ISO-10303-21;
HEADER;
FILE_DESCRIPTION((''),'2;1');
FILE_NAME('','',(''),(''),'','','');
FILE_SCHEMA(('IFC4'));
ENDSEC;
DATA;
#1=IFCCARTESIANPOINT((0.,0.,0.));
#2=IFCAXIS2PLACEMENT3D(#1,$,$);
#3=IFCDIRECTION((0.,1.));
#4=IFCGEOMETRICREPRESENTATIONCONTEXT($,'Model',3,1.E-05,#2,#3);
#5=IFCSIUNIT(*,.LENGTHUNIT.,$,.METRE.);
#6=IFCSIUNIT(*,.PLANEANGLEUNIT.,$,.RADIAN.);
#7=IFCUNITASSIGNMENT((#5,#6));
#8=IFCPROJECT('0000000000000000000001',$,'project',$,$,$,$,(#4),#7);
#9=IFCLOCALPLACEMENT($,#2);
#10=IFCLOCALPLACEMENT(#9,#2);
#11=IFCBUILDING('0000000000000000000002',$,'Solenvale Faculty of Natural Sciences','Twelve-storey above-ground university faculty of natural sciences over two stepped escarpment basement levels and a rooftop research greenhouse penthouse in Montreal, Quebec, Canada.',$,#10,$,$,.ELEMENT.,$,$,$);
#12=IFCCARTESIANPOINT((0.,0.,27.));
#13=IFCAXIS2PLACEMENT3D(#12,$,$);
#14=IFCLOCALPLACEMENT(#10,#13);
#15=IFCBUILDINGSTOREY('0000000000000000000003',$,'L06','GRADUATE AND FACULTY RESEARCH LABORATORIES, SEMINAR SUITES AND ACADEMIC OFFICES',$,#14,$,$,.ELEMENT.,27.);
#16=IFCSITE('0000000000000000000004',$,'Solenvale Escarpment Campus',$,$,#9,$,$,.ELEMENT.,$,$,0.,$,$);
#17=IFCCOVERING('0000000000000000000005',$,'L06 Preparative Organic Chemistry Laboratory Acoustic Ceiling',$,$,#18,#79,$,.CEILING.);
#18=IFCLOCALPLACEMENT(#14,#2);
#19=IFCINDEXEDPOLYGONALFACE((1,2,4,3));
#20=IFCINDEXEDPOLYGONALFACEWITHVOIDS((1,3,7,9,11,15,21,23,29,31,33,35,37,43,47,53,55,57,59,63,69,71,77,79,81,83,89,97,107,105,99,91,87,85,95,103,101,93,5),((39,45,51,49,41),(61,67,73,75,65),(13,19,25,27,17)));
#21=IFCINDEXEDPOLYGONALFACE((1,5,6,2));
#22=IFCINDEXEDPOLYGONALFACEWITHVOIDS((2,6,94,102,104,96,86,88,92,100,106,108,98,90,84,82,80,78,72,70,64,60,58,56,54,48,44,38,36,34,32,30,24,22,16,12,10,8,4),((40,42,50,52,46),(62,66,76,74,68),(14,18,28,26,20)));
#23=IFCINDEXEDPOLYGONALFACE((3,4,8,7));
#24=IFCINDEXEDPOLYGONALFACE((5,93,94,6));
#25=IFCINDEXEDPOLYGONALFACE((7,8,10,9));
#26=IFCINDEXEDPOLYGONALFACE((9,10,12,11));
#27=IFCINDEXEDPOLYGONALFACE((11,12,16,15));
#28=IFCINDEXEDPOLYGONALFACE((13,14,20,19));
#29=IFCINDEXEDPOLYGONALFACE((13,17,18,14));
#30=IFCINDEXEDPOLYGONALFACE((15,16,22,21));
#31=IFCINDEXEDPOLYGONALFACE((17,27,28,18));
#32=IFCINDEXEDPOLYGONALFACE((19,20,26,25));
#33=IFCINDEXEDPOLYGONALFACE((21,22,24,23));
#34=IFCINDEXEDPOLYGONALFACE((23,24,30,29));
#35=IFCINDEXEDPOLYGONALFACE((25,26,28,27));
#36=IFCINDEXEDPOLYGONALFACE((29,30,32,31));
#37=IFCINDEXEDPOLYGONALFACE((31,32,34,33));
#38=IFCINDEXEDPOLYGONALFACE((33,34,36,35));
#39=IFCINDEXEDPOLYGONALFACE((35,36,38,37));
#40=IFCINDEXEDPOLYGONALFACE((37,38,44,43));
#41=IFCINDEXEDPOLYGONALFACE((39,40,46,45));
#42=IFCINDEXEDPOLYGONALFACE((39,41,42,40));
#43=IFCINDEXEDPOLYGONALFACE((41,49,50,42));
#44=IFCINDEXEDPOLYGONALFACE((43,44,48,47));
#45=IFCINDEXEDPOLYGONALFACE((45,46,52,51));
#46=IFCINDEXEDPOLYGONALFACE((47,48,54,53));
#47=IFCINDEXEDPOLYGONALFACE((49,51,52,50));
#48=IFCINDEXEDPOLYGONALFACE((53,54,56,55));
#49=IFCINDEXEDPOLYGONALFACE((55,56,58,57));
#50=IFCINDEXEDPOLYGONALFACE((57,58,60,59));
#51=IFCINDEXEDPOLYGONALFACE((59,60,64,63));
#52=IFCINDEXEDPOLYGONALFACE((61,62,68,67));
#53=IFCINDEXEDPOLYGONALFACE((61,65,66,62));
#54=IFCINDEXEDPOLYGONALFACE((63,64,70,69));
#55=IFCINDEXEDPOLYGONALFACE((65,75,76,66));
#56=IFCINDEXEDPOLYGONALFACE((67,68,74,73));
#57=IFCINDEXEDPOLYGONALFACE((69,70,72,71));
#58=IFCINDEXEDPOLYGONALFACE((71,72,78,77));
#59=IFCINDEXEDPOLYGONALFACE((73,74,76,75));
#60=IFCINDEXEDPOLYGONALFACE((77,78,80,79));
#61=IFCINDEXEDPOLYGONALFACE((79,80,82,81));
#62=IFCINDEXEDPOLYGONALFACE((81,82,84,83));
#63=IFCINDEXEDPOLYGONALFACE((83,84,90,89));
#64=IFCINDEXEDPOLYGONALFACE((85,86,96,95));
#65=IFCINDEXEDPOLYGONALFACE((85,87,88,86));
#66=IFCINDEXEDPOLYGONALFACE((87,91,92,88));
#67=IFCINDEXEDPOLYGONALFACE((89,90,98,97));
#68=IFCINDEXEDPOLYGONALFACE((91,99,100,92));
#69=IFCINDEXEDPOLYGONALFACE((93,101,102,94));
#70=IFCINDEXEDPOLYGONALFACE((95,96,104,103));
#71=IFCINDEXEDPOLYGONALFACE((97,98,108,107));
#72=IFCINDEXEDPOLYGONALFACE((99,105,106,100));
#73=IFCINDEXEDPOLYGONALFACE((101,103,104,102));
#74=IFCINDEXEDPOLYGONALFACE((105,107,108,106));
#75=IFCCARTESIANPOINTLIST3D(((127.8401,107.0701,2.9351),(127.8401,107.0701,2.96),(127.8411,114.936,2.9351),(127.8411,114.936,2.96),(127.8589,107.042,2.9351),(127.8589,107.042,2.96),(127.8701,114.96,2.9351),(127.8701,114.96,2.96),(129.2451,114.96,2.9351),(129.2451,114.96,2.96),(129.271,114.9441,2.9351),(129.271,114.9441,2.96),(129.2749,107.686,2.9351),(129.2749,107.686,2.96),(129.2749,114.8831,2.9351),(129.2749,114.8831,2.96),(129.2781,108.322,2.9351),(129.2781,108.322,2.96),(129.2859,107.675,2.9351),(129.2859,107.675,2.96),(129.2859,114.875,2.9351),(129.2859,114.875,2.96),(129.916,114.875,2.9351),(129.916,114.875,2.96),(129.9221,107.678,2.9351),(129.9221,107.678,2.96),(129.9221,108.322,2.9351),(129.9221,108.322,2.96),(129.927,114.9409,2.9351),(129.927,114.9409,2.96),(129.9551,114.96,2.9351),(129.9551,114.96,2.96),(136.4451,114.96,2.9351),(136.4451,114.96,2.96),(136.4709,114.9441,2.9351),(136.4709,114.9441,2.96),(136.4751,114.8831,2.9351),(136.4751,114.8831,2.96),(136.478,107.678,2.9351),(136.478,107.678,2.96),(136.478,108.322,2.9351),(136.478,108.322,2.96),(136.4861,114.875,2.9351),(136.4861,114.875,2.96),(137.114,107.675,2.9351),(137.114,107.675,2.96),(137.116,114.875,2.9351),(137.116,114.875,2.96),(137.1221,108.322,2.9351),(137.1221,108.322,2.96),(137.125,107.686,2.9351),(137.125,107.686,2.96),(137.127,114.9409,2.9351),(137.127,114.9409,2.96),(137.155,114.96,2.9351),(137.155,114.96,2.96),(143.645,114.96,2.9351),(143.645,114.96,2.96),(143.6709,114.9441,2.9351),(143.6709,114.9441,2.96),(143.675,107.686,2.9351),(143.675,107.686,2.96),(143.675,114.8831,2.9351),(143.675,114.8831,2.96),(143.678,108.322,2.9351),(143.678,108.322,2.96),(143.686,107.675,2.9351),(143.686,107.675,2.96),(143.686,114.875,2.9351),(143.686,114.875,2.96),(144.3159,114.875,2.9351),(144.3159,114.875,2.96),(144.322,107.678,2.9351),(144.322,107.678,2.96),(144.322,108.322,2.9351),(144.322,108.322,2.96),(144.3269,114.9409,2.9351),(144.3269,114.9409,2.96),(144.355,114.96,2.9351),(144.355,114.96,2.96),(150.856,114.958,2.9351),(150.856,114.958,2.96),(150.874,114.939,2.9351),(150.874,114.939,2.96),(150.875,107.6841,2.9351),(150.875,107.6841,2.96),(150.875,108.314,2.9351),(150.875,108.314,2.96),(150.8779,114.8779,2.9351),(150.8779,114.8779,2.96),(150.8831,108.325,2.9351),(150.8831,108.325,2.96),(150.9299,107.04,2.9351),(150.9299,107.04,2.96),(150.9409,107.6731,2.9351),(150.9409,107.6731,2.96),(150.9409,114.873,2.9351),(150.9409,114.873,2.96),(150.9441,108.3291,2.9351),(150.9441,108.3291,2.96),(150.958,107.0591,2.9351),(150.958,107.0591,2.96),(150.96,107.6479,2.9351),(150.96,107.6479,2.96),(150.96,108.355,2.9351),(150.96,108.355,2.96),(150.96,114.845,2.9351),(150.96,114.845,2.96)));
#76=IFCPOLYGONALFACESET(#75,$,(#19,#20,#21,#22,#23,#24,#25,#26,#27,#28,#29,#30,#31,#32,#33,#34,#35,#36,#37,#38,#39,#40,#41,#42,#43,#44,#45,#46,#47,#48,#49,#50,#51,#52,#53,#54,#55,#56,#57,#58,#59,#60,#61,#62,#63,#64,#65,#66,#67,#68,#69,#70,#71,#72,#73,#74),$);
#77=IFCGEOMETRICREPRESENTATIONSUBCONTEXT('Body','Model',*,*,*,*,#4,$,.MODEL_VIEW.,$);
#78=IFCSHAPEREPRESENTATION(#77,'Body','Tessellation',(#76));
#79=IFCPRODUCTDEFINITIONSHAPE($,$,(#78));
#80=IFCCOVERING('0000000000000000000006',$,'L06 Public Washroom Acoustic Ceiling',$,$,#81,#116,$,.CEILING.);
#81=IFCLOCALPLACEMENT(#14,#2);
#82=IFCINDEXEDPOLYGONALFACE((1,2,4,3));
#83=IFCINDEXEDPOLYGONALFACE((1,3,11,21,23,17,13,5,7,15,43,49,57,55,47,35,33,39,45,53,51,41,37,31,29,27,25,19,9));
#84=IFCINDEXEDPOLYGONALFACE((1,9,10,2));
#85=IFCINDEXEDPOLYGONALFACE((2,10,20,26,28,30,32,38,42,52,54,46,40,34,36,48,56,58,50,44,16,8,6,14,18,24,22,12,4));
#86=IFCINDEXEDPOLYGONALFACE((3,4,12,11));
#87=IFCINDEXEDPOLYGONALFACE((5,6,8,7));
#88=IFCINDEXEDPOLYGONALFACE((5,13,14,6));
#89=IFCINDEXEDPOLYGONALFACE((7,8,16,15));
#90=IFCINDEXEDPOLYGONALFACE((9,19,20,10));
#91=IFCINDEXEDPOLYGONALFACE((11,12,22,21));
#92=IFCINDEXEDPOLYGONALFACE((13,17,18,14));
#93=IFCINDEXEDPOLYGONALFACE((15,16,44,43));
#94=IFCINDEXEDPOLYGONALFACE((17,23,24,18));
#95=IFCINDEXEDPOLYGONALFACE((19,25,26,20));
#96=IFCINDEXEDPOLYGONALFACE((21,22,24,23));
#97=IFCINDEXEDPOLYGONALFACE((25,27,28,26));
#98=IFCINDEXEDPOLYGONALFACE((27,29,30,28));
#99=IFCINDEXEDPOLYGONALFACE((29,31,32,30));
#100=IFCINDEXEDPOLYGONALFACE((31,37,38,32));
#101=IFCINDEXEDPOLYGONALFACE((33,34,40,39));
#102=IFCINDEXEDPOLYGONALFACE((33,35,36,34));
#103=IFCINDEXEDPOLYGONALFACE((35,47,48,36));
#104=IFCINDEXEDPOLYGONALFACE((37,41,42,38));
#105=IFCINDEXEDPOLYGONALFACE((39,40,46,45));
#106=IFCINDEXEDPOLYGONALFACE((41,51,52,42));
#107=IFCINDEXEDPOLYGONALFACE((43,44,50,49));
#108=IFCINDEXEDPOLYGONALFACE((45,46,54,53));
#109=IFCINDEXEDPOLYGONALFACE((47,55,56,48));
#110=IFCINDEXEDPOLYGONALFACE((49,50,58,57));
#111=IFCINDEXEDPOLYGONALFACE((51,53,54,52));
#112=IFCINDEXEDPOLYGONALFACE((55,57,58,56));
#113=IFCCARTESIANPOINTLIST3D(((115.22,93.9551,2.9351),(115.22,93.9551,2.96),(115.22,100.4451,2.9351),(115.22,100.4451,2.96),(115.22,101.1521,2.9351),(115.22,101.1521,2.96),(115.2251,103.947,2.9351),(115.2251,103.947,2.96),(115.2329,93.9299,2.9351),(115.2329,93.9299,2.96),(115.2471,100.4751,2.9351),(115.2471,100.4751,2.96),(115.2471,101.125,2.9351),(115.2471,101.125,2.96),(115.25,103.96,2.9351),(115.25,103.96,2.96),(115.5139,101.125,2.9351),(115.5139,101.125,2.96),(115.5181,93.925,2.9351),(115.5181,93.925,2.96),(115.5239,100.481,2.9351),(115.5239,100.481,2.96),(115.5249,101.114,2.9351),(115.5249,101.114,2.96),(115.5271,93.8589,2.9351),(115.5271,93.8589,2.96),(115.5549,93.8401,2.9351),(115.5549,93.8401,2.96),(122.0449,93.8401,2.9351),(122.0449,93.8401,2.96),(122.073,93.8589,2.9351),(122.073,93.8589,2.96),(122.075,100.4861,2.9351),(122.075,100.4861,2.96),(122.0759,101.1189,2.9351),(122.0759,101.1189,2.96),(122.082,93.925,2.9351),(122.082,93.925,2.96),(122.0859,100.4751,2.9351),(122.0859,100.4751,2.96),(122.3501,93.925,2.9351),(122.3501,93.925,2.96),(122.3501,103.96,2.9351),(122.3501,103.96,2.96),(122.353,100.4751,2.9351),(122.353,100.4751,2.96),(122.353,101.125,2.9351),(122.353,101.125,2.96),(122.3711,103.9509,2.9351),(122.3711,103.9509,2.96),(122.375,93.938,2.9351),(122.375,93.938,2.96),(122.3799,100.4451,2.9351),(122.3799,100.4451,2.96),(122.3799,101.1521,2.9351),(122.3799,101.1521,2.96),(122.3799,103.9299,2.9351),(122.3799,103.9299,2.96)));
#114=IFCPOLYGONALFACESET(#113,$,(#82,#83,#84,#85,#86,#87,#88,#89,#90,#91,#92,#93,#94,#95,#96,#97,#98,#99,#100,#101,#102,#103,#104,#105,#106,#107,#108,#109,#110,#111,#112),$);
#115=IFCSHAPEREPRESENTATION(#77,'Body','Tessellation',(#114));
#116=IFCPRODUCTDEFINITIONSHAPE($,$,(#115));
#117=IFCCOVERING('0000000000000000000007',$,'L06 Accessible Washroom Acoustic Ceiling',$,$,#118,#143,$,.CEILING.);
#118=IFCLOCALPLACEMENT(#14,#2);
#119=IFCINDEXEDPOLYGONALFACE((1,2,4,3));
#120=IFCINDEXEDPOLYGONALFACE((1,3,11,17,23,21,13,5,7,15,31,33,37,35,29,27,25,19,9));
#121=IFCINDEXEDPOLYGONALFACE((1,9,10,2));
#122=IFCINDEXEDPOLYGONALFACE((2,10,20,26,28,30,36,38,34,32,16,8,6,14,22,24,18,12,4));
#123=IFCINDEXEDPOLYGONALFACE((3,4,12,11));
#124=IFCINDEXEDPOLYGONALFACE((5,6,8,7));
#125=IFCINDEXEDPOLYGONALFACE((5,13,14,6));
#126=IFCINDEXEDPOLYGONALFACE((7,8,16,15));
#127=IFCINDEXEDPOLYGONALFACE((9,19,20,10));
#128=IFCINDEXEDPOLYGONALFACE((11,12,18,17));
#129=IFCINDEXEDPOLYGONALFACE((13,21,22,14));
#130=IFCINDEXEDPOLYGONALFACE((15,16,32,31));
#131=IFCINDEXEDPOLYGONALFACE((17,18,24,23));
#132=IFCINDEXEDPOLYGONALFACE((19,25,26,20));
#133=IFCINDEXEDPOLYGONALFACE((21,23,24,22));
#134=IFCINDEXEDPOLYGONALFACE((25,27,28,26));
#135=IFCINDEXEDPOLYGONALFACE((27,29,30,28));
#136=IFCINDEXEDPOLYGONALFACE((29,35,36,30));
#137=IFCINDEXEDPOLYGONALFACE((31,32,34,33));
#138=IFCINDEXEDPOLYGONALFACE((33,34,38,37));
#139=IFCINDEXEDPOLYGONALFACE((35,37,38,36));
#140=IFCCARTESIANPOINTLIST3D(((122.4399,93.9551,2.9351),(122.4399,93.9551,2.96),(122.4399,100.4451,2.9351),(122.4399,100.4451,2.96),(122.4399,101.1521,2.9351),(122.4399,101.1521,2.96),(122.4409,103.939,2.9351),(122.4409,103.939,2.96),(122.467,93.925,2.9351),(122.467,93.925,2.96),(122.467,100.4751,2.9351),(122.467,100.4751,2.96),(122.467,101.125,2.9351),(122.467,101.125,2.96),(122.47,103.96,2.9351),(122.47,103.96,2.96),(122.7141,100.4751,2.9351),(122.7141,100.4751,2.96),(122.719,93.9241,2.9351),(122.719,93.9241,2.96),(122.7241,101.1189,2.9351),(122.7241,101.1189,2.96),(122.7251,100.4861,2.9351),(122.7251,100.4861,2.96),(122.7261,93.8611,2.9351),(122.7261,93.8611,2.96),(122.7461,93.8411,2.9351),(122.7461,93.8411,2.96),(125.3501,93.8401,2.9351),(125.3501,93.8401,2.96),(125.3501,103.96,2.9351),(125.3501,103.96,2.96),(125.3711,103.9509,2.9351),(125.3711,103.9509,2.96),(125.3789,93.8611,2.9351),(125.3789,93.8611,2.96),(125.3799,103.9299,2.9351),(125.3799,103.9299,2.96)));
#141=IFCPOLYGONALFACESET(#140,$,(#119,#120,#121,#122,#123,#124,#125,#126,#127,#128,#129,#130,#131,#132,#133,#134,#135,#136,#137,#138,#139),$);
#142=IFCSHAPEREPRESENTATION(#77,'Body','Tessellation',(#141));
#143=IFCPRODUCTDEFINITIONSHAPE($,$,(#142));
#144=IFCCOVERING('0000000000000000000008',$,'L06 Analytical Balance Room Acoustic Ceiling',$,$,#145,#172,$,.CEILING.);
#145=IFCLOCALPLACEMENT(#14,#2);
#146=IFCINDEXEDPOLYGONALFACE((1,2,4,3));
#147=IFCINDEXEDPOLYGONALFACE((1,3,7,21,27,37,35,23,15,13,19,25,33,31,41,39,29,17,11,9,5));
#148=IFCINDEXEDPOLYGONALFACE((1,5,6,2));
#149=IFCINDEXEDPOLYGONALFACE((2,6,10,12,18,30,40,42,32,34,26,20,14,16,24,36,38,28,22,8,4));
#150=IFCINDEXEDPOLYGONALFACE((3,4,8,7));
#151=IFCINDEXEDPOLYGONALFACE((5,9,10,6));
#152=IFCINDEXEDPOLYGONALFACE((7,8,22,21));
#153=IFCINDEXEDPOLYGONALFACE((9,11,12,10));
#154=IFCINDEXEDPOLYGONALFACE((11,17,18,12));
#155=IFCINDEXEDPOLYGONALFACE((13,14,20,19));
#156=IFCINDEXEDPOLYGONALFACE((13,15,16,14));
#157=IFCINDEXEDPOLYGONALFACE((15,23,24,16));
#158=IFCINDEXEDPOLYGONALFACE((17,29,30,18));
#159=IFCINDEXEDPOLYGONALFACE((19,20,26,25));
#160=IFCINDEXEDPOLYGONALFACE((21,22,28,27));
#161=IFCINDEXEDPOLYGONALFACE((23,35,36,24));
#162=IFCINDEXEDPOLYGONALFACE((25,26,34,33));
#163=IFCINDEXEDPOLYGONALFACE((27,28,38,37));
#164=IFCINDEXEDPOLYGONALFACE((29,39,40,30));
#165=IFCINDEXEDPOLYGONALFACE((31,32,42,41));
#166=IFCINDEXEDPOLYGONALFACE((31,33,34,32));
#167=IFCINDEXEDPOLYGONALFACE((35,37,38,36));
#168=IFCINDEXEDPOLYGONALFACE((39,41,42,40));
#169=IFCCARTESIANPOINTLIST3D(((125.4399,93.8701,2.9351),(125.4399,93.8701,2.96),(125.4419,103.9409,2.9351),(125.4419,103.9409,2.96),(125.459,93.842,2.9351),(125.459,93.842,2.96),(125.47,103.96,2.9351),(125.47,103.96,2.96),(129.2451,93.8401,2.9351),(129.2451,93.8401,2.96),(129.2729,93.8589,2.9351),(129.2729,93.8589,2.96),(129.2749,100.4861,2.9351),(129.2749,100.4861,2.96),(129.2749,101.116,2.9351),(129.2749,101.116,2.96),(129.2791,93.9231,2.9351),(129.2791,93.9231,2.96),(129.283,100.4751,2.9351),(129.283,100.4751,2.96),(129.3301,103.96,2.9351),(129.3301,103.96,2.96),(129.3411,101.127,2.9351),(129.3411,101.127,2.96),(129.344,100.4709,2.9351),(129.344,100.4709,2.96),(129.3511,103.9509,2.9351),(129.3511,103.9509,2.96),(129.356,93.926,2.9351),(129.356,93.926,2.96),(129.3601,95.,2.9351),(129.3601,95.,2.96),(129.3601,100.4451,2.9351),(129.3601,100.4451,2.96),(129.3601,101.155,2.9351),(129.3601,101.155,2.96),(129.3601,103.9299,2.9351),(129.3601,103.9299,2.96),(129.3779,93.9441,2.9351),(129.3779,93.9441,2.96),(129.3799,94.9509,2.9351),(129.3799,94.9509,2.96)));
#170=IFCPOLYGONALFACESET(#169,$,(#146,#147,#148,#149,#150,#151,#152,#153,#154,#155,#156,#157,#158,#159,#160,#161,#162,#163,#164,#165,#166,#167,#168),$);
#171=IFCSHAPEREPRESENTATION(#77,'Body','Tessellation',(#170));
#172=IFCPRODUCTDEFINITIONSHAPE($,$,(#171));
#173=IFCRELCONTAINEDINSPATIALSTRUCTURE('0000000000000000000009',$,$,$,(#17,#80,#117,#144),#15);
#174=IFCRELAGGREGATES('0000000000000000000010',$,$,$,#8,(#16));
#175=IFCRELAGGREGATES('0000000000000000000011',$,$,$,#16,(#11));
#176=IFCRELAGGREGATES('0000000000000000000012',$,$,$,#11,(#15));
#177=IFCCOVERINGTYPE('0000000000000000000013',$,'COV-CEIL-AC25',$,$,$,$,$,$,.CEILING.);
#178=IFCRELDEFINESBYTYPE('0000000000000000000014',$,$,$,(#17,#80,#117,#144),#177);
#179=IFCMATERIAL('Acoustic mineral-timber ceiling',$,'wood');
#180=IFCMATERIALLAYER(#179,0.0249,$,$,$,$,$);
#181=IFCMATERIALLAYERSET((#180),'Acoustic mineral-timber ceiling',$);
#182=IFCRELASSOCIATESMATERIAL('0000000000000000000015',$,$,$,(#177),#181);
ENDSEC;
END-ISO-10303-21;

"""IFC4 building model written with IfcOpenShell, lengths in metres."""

from ifc_helpers import new_model, si_unit, direction, frame, origin, place, context, subcontext, project, spatial, polyline, outline, extrude, material, layer, layer_set, type_object, element, save


model = new_model("IFC4")

# Units and contexts
model_context = context("Model", 3, precision=1e-05, world=origin(), true_north=direction((0.0, 1.0)))
body_context = subcontext(model_context, "Body", "Model", "MODEL_VIEW")
ifc_project = project(units=[si_unit("LENGTHUNIT", "METRE"), si_unit("PLANEANGLEUNIT", "RADIAN")], contexts=[model_context])

# Site, building, storey
site_placement = place(None, origin())
site = spatial("IfcSite", under=ifc_project, at=site_placement, Name="Solenvale Escarpment Campus", CompositionType="ELEMENT", RefElevation=0.0)
building_placement = place(site_placement, origin())
building = spatial("IfcBuilding", under=site, at=building_placement, Name="Solenvale Faculty of Natural Sciences", Description="Twelve-storey above-ground university faculty of natural sciences over two stepped escarpment basement levels and a rooftop research greenhouse penthouse in Montreal, Quebec, Canada.", CompositionType="ELEMENT")
storey_placement = place(building_placement, frame((0.0, 0.0, 27.0)))
storey = spatial("IfcBuildingStorey", under=building, at=storey_placement, Name="L06", Description="GRADUATE AND FACULTY RESEARCH LABORATORIES, SEMINAR SUITES AND ACADEMIC OFFICES", CompositionType="ELEMENT", Elevation=27.0)

# Coverings
ifc_material_1 = material(Name="Acoustic mineral-timber ceiling", Category="wood")
ifc_layer_1 = layer(ifc_material_1, 0.0249)
ifc_layer_set_1 = layer_set([ifc_layer_1], Name="Acoustic mineral-timber ceiling")
covering_type_1 = type_object("IfcCoveringType", Name="COV-CEIL-AC25", PredefinedType="CEILING", material=ifc_layer_set_1)
covering_1_placement = place(storey_placement, frame((0.0, 0.0, 2.9351)))
element("IfcCovering", 1, at=covering_1_placement, inside=storey, type_object=covering_type_1, Name="L06 Preparative Organic Chemistry Laboratory Acoustic Ceiling", PredefinedType="CEILING", context=body_context, shape_type="SweptSolid", body=[
    extrude(outline(polyline([(129.2451, 114.96), (129.271, 114.9441), (129.2749, 114.8831), (129.2859, 114.875), (129.916, 114.875), (129.927, 114.9409), (129.9551, 114.96), (136.4451, 114.96), (136.4709, 114.9441), (136.4751, 114.8831), (136.4861, 114.875), (137.116, 114.875), (137.127, 114.9409), (137.155, 114.96), (143.645, 114.96), (143.6709, 114.9441), (143.675, 114.8831), (143.686, 114.875), (144.3159, 114.875), (144.3269, 114.9409), (144.355, 114.96), (150.856, 114.958), (150.874, 114.939), (150.8779, 114.8779), (150.9409, 114.873), (150.96, 114.845), (150.96, 108.355), (150.9441, 108.3291), (150.8831, 108.325), (150.875, 108.314), (150.875, 107.6841), (150.9409, 107.6731), (150.96, 107.6479), (150.958, 107.0591), (150.9299, 107.04), (127.8589, 107.042), (127.8401, 107.0701), (127.8411, 114.936), (127.8701, 114.96), (129.2451, 114.96)]), holes=[polyline([(143.675, 107.686), (143.686, 107.675), (144.322, 107.678), (144.322, 108.322), (143.678, 108.322), (143.675, 107.686)]), polyline([(137.114, 107.675), (137.125, 107.686), (137.1221, 108.322), (136.478, 108.322), (136.478, 107.678), (137.114, 107.675)]), polyline([(129.2749, 107.686), (129.2859, 107.675), (129.9221, 107.678), (129.9221, 108.322), (129.2781, 108.322), (129.2749, 107.686)])]), origin(), (0.0, 0.0, 1.0), 0.0249),
])
covering_2_placement = place(storey_placement, frame((0.0, 0.0, 2.9351)))
element("IfcCovering", 2, at=covering_2_placement, inside=storey, type_object=covering_type_1, Name="L06 Public Washroom Acoustic Ceiling", PredefinedType="CEILING", context=body_context, shape_type="SweptSolid", body=[
    extrude(outline(polyline([(122.3501, 103.96), (122.3711, 103.9509), (122.3799, 103.9299), (122.3799, 101.1521), (122.353, 101.125), (122.0759, 101.1189), (122.075, 100.4861), (122.0859, 100.4751), (122.353, 100.4751), (122.3799, 100.4451), (122.375, 93.938), (122.3501, 93.925), (122.082, 93.925), (122.073, 93.8589), (122.0449, 93.8401), (115.5549, 93.8401), (115.5271, 93.8589), (115.5181, 93.925), (115.2329, 93.9299), (115.22, 93.9551), (115.22, 100.4451), (115.2471, 100.4751), (115.5239, 100.481), (115.5249, 101.114), (115.5139, 101.125), (115.2471, 101.125), (115.22, 101.1521), (115.2251, 103.947), (115.25, 103.96), (122.3501, 103.96)])), origin(), (0.0, 0.0, 1.0), 0.0249),
])
covering_3_placement = place(storey_placement, frame((0.0, 0.0, 2.9351)))
element("IfcCovering", 3, at=covering_3_placement, inside=storey, type_object=covering_type_1, Name="L06 Accessible Washroom Acoustic Ceiling", PredefinedType="CEILING", context=body_context, shape_type="SweptSolid", body=[
    extrude(outline(polyline([(125.3501, 103.96), (125.3711, 103.9509), (125.3799, 103.9299), (125.3789, 93.8611), (125.3501, 93.8401), (122.7461, 93.8411), (122.7261, 93.8611), (122.719, 93.9241), (122.467, 93.925), (122.4399, 93.9551), (122.4399, 100.4451), (122.467, 100.4751), (122.7141, 100.4751), (122.7251, 100.4861), (122.7241, 101.1189), (122.467, 101.125), (122.4399, 101.1521), (122.4409, 103.939), (122.47, 103.96), (125.3501, 103.96)])), origin(), (0.0, 0.0, 1.0), 0.0249),
])
covering_4_placement = place(storey_placement, frame((0.0, 0.0, 2.9351)))
element("IfcCovering", 4, at=covering_4_placement, inside=storey, type_object=covering_type_1, Name="L06 Analytical Balance Room Acoustic Ceiling", PredefinedType="CEILING", context=body_context, shape_type="SweptSolid", body=[
    extrude(outline(polyline([(129.3301, 103.96), (129.3511, 103.9509), (129.3601, 103.9299), (129.3601, 101.155), (129.3411, 101.127), (129.2749, 101.116), (129.2749, 100.4861), (129.283, 100.4751), (129.344, 100.4709), (129.3601, 100.4451), (129.3601, 95.0), (129.3799, 94.9509), (129.3779, 93.9441), (129.356, 93.926), (129.2791, 93.9231), (129.2729, 93.8589), (129.2451, 93.8401), (125.459, 93.842), (125.4399, 93.8701), (125.4419, 103.9409), (125.47, 103.96), (129.3301, 103.96)])), origin(), (0.0, 0.0, 1.0), 0.0249),
])

save(model, "model.ifc")
